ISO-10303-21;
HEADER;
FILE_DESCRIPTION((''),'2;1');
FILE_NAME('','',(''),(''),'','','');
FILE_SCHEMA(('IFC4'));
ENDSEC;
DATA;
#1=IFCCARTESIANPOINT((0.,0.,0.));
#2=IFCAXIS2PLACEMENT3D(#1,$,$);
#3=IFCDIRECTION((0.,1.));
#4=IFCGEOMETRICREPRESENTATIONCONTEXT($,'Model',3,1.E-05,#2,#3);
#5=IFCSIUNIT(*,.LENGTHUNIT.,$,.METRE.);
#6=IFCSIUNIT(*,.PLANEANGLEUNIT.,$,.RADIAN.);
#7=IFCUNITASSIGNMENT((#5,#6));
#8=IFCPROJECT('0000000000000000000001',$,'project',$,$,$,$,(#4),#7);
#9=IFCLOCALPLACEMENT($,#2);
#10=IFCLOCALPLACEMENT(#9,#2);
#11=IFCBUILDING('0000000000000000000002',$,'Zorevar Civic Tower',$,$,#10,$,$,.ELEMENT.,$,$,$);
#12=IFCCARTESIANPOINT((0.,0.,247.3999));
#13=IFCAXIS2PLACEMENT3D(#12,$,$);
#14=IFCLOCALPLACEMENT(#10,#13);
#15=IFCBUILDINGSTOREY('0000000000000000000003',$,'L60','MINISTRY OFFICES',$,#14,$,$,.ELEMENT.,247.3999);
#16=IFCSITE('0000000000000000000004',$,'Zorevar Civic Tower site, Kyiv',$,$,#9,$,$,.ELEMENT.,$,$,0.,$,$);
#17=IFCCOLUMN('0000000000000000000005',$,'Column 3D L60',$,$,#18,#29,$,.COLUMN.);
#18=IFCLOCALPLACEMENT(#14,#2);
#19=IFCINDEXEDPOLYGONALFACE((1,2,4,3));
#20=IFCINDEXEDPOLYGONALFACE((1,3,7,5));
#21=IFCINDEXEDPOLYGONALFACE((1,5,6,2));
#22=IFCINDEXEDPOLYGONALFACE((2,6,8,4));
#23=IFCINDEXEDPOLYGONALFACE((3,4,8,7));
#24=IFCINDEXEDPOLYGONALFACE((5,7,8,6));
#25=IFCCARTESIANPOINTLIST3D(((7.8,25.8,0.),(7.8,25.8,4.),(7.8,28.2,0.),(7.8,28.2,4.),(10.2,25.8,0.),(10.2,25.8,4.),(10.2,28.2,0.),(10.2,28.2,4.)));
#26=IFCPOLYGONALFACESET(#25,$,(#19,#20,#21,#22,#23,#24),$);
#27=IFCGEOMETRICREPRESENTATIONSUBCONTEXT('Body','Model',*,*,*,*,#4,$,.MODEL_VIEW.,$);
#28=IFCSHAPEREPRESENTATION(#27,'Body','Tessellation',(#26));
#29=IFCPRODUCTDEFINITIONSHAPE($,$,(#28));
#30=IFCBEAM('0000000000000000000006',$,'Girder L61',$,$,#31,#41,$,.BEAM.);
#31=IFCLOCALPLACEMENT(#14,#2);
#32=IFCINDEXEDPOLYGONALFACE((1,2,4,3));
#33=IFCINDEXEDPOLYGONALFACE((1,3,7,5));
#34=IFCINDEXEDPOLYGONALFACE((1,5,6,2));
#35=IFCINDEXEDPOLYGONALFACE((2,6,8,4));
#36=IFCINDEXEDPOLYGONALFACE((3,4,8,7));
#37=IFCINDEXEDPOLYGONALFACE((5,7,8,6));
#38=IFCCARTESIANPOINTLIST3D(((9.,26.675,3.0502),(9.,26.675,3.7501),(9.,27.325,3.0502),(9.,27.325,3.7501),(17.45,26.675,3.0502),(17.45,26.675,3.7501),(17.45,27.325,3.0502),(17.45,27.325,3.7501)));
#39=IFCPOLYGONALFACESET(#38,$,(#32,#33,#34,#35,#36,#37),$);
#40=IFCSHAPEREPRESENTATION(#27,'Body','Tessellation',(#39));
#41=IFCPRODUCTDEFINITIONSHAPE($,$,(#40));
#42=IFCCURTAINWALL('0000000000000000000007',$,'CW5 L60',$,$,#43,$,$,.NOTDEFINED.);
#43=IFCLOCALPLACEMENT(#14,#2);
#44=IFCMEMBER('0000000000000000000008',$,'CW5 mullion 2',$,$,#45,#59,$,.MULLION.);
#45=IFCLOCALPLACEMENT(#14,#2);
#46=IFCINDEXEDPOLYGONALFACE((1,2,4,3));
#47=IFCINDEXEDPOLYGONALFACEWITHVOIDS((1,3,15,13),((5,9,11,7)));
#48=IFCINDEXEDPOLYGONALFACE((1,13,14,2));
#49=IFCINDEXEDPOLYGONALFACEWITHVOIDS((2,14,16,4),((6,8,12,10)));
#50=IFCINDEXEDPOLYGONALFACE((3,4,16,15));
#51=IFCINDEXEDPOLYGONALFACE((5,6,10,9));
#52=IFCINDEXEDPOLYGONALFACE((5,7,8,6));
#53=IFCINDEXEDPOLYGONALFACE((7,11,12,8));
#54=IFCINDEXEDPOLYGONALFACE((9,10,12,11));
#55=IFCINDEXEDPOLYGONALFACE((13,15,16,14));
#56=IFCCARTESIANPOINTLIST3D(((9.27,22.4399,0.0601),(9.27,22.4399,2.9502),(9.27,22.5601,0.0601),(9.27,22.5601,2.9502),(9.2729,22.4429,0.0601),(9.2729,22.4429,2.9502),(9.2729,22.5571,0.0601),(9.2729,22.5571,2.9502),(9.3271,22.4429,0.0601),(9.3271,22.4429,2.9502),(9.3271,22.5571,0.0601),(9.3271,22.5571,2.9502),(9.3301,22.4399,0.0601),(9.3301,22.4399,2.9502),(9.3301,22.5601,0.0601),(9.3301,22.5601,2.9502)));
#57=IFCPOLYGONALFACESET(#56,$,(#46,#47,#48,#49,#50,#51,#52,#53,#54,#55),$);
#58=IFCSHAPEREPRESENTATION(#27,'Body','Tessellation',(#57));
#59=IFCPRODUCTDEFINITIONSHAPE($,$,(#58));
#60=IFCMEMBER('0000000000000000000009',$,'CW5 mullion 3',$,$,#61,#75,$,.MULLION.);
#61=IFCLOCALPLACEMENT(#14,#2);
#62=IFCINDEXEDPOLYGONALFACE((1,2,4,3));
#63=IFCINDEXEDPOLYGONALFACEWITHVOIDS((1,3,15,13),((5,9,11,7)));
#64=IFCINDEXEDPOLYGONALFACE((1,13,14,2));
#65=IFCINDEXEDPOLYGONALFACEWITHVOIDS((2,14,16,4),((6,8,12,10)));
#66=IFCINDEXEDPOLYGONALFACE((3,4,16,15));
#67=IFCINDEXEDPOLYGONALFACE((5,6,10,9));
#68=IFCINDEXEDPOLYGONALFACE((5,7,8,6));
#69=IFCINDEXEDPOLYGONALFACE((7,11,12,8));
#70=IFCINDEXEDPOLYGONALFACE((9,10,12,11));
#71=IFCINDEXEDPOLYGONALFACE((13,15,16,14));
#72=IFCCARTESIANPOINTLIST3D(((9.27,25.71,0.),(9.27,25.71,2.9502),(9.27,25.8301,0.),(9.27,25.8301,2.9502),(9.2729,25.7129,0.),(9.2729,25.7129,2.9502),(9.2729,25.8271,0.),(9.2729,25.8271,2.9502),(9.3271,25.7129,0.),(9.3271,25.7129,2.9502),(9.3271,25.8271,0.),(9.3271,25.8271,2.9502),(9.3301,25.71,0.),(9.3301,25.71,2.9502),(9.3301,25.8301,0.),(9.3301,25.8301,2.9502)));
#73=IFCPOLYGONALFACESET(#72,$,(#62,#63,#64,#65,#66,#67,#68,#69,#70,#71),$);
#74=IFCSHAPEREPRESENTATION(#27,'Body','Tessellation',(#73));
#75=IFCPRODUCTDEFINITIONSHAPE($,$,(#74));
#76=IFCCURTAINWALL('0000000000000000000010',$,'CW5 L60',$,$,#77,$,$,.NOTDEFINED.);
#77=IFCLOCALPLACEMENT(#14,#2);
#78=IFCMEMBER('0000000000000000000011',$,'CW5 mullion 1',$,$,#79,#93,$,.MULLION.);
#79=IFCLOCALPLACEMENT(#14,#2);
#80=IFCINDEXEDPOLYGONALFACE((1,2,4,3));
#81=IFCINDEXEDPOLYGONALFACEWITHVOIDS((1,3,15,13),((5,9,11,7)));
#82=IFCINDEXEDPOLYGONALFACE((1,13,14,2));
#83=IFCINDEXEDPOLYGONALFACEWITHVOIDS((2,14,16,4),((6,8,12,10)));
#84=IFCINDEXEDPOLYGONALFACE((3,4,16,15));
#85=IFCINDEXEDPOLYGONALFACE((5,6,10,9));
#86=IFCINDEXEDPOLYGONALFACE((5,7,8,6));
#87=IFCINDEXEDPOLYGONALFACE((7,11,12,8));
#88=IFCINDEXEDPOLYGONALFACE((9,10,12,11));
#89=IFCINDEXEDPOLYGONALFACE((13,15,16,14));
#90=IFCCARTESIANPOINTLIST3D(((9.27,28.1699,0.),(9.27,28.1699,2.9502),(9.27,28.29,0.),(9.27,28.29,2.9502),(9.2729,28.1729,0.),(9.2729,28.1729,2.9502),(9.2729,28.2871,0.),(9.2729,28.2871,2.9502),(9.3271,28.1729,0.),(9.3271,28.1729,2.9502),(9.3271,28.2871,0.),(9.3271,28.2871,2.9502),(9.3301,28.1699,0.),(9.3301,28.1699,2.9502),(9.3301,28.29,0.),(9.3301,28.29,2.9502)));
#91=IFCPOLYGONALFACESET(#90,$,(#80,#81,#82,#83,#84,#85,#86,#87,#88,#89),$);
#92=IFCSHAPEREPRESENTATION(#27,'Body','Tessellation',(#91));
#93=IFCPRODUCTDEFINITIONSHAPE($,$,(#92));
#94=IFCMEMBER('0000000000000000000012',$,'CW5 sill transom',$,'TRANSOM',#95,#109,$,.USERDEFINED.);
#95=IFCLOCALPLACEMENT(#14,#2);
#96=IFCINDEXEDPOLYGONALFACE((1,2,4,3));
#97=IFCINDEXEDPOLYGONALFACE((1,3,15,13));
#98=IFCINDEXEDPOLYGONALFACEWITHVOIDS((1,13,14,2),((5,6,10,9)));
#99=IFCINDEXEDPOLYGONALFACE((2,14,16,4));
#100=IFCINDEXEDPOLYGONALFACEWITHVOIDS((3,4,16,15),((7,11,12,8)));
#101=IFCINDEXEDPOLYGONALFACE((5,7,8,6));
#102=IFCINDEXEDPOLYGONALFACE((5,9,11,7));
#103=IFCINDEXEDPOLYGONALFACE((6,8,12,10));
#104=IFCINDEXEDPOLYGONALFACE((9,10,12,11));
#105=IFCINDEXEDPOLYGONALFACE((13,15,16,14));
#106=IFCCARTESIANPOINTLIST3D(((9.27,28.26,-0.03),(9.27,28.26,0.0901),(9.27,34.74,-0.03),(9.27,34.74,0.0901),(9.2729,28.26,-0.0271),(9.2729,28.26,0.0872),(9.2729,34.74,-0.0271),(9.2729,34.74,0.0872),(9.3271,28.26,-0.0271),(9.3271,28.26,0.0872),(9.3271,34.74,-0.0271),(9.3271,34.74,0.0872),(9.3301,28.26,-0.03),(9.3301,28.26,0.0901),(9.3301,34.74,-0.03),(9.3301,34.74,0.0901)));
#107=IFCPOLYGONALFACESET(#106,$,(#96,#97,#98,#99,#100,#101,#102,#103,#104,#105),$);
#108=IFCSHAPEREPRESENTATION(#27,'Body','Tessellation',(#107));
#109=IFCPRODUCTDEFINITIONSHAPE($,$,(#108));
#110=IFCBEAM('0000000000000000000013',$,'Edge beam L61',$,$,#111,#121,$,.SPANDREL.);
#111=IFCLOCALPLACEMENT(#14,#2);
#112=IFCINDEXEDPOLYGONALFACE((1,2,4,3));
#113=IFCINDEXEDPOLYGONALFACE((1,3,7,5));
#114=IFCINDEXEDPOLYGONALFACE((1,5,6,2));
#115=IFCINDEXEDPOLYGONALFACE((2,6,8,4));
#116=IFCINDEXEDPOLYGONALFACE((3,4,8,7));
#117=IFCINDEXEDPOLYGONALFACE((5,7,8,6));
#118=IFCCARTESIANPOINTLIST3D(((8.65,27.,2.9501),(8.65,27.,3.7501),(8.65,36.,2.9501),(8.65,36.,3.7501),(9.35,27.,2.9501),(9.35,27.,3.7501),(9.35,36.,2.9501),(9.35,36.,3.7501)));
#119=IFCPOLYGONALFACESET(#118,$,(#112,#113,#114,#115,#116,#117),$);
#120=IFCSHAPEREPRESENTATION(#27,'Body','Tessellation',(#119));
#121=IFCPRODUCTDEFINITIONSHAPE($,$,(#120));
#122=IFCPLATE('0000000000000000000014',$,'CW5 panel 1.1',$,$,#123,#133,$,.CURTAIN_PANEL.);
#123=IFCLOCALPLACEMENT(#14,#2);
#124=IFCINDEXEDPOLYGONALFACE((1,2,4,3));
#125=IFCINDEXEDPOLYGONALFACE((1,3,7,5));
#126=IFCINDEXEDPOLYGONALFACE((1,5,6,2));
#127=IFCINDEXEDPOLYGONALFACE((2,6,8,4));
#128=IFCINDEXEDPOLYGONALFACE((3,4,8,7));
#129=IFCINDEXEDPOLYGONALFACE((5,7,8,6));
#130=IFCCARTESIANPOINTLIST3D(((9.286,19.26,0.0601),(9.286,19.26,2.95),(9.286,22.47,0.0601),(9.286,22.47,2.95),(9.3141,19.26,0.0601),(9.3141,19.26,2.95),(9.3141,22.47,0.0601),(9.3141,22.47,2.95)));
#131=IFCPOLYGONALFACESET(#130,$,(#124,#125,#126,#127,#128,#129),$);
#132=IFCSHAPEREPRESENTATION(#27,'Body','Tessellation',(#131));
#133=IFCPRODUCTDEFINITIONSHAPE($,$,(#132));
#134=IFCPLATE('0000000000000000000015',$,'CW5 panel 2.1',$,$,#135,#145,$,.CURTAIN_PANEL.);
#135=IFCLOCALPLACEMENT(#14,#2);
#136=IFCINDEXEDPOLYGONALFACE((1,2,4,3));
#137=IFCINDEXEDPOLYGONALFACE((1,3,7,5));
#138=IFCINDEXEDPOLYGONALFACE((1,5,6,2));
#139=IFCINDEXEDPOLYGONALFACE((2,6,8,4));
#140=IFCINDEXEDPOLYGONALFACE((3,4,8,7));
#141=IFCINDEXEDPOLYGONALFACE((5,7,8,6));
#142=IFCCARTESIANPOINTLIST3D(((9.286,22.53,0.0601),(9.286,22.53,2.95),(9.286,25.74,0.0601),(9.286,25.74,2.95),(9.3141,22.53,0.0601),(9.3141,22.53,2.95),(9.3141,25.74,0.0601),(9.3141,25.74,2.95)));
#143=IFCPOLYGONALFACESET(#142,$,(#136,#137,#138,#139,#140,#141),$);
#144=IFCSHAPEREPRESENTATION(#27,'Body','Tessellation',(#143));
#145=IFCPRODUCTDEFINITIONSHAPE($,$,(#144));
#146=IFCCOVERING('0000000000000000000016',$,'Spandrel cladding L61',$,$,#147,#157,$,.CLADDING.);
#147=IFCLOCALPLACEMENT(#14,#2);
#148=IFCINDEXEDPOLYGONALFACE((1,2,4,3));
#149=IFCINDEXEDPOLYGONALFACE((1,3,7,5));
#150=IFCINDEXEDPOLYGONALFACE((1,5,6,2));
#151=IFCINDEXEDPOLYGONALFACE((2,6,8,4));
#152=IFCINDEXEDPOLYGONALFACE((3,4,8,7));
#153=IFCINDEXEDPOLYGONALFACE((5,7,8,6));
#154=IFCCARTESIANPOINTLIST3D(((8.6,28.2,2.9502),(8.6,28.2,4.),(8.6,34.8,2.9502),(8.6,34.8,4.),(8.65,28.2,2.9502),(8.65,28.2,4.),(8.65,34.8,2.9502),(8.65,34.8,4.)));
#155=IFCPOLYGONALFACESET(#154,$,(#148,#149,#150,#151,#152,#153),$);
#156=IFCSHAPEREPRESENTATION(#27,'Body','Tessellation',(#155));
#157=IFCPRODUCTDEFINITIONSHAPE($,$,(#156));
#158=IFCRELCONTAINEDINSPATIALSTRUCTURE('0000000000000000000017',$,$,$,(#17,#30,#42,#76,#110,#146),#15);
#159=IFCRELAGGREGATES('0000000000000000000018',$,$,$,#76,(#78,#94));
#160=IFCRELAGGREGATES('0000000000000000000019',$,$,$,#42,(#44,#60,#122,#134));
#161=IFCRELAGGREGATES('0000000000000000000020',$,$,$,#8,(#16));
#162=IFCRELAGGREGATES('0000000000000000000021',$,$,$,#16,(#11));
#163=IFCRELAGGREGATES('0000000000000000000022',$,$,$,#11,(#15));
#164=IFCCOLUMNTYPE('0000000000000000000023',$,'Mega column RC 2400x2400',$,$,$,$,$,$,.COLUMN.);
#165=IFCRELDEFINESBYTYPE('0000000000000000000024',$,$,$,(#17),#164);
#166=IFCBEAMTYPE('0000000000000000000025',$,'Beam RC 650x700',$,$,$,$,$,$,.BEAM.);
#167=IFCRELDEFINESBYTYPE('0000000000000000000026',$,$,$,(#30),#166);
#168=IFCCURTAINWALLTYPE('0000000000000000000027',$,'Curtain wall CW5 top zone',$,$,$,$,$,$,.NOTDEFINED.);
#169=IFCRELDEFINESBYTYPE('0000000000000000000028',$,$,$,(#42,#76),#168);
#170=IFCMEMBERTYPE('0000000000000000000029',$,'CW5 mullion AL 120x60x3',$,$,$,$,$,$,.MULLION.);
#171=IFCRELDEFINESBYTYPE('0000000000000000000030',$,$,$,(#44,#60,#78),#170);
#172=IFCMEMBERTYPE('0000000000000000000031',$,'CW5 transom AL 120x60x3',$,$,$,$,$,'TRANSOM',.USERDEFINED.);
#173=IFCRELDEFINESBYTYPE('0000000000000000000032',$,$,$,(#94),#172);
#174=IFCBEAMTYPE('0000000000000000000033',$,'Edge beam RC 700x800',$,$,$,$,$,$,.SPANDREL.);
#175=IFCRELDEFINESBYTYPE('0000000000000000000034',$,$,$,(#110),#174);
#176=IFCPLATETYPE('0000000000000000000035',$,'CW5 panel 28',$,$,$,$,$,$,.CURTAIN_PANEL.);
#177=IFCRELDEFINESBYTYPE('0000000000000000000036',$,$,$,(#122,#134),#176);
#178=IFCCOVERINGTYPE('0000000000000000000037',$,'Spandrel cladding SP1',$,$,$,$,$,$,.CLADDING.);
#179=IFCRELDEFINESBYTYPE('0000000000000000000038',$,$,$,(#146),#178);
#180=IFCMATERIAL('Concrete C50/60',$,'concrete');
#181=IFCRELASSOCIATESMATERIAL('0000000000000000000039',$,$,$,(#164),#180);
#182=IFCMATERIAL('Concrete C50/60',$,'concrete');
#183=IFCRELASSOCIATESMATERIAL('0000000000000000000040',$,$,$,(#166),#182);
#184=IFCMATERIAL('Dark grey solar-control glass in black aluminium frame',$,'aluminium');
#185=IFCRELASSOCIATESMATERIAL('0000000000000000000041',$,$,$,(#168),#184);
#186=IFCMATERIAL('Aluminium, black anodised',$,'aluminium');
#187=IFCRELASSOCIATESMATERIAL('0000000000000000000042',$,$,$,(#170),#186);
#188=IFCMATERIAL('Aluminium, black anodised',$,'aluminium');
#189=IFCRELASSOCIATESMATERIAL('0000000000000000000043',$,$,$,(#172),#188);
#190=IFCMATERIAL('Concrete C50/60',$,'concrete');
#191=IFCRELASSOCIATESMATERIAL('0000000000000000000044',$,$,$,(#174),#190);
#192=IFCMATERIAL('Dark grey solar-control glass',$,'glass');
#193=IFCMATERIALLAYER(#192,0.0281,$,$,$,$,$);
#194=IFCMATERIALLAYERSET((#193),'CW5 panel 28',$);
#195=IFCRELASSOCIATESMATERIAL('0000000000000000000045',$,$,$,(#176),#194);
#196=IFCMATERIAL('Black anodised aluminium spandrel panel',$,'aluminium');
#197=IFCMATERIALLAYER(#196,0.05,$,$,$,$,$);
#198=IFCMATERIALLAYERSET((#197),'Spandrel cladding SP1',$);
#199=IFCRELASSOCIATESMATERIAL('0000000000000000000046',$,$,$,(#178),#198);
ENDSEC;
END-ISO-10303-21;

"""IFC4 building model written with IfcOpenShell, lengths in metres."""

from ifc_helpers import new_model, si_unit, direction, frame, frame_2d, origin, origin_2d, place, context, subcontext, project, spatial, rectangle, hollow_rectangle, extrude, material, layer, layer_set, material_profile, profile_set, type_object, element, aggregate, save


model = new_model("IFC4")

# Units and contexts
model_context = context("Model", 3, precision=1e-05, world=origin(), true_north=direction((0.0, 1.0)))
body_context = subcontext(model_context, "Body", "Model", "MODEL_VIEW")
ifc_project = project(units=[si_unit("LENGTHUNIT", "METRE"), si_unit("PLANEANGLEUNIT", "RADIAN")], contexts=[model_context])

# Site, building, storey
site_placement = place(None, origin())
site = spatial("IfcSite", under=ifc_project, at=site_placement, Name="Zorevar Civic Tower site, Kyiv", CompositionType="ELEMENT", RefElevation=0.0)
building_placement = place(site_placement, origin())
building = spatial("IfcBuilding", under=site, at=building_placement, Name="Zorevar Civic Tower", CompositionType="ELEMENT")
storey_placement = place(building_placement, frame((0.0, 0.0, 247.3999)))
storey = spatial("IfcBuildingStorey", under=building, at=storey_placement, Name="L60", Description="MINISTRY OFFICES", CompositionType="ELEMENT", Elevation=247.3999)

# Column
ifc_material_1 = material(Name="Concrete C50/60", Category="concrete")
ifc_material_profile_1 = material_profile(ifc_material_1, rectangle(XDim=2.3999, YDim=2.3999, at=origin_2d()), Name="RC 2400x2400")
ifc_profile_set_1 = profile_set([ifc_material_profile_1], Name="Concrete C50/60")
column_type = type_object("IfcColumnType", Name="Mega column RC 2400x2400", PredefinedType="COLUMN", material=ifc_profile_set_1)
column_placement = place(storey_placement, frame((9.0, 27.0, 0.0), z_axis=(0.0, 0.0, 1.0), x_axis=(1.0, 0.0, 0.0)))
element("IfcColumn", 1, at=column_placement, inside=storey, type_object=column_type, Name="Column 3D L60", PredefinedType="COLUMN", context=body_context, shape_type="SweptSolid", body=[
    extrude(rectangle(XDim=2.3999, YDim=2.3999, at=origin_2d()), origin(), (0.0, 0.0, 1.0), 4.0),
])

# Beam
ifc_material_2 = material(Name="Concrete C50/60", Category="concrete")
ifc_material_profile_2 = material_profile(ifc_material_2, rectangle(XDim=0.6499, YDim=0.7, at=origin_2d()), Name="RC 650x700")
ifc_profile_set_2 = profile_set([ifc_material_profile_2], Name="Concrete C50/60")
beam_type_1 = type_object("IfcBeamType", Name="Beam RC 650x700", PredefinedType="BEAM", material=ifc_profile_set_2)
beam_1_placement = place(storey_placement, frame((9.0, 27.0, 3.4001), z_axis=(1.0, 0.0, 0.0), x_axis=(0.0, 1.0, 0.0)))
element("IfcBeam", 2, at=beam_1_placement, inside=storey, type_object=beam_type_1, Name="Girder L61", PredefinedType="BEAM", context=body_context, shape_type="SweptSolid", body=[
    extrude(rectangle(XDim=0.6499, YDim=0.7, at=origin_2d()), origin(), (0.0, 0.0, 1.0), 8.45),
])

# Curtain walls, members
ifc_material_3 = material(Name="Dark grey solar-control glass in black aluminium frame", Category="aluminium")
curtain_wall_type = type_object("IfcCurtainWallType", Name="Curtain wall CW5 top zone", PredefinedType="NOTDEFINED", material=ifc_material_3)
curtain_wall_1_placement = place(storey_placement, origin())
curtain_wall_1 = element("IfcCurtainWall", 3, at=curtain_wall_1_placement, inside=storey, type_object=curtain_wall_type, Name="CW5 L60", PredefinedType="NOTDEFINED")
ifc_material_4 = material(Name="Aluminium, black anodised", Category="aluminium")
ifc_material_profile_3 = material_profile(ifc_material_4, hollow_rectangle(XDim=0.0601, YDim=0.1201, WallThickness=0.0029, at=origin_2d()), Name="AL 120x60x3")
ifc_profile_set_3 = profile_set([ifc_material_profile_3], Name="Aluminium, black anodised")
member_type_1 = type_object("IfcMemberType", Name="CW5 mullion AL 120x60x3", PredefinedType="MULLION", material=ifc_profile_set_3)
member_1_placement = place(storey_placement, frame((9.3, 22.5, 0.0601), z_axis=(0.0, 0.0, 1.0), x_axis=(-1.0, 0.0, 0.0)))
member_1 = element("IfcMember", 4, at=member_1_placement, type_object=member_type_1, Name="CW5 mullion 2", PredefinedType="MULLION", context=body_context, shape_type="SweptSolid", body=[
    extrude(hollow_rectangle(XDim=0.0601, YDim=0.1201, WallThickness=0.0029, at=origin_2d()), origin(), (0.0, 0.0, 1.0), 2.8901),
])
member_2_placement = place(storey_placement, frame((9.3, 25.77, 0.0), z_axis=(0.0, 0.0, 1.0), x_axis=(-1.0, 0.0, 0.0)))
member_2 = element("IfcMember", 5, at=member_2_placement, type_object=member_type_1, Name="CW5 mullion 3", PredefinedType="MULLION", context=body_context, shape_type="SweptSolid", body=[
    extrude(hollow_rectangle(XDim=0.0601, YDim=0.1201, WallThickness=0.0029, at=origin_2d()), origin(), (0.0, 0.0, 1.0), 2.9502),
])
curtain_wall_2_placement = place(storey_placement, origin())
curtain_wall_2 = element("IfcCurtainWall", 6, at=curtain_wall_2_placement, inside=storey, type_object=curtain_wall_type, Name="CW5 L60", PredefinedType="NOTDEFINED")
member_3_placement = place(storey_placement, frame((9.3, 28.23, 0.0), z_axis=(0.0, 0.0, 1.0), x_axis=(-1.0, 0.0, 0.0)))
member_3 = element("IfcMember", 7, at=member_3_placement, type_object=member_type_1, Name="CW5 mullion 1", PredefinedType="MULLION", context=body_context, shape_type="SweptSolid", body=[
    extrude(hollow_rectangle(XDim=0.0601, YDim=0.1201, WallThickness=0.0029, at=origin_2d()), origin(), (0.0, 0.0, 1.0), 2.9502),
])
ifc_material_5 = material(Name="Aluminium, black anodised", Category="aluminium")
ifc_material_profile_4 = material_profile(ifc_material_5, hollow_rectangle(XDim=0.0601, YDim=0.1201, WallThickness=0.0029, at=origin_2d()), Name="AL 120x60x3")
ifc_profile_set_4 = profile_set([ifc_material_profile_4], Name="Aluminium, black anodised")
member_type_2 = type_object("IfcMemberType", Name="CW5 transom AL 120x60x3", ElementType="TRANSOM", PredefinedType="USERDEFINED", material=ifc_profile_set_4)
member_4_placement = place(storey_placement, frame((9.3, 28.26, 0.03), z_axis=(0.0, 1.0, 0.0), x_axis=(-1.0, 0.0, 0.0)))
member_4 = element("IfcMember", 8, at=member_4_placement, type_object=member_type_2, Name="CW5 sill transom", ObjectType="TRANSOM", PredefinedType="USERDEFINED", context=body_context, shape_type="SweptSolid", body=[
    extrude(hollow_rectangle(XDim=0.0601, YDim=0.1201, WallThickness=0.0029, at=origin_2d()), origin(), (0.0, 0.0, 1.0), 6.48),
])
aggregate(curtain_wall_2, [member_3, member_4])

# Beam
ifc_material_6 = material(Name="Concrete C50/60", Category="concrete")
ifc_material_profile_5 = material_profile(ifc_material_6, rectangle(XDim=0.7, YDim=0.8, at=origin_2d()), Name="RC 700x800")
ifc_profile_set_5 = profile_set([ifc_material_profile_5], Name="Concrete C50/60")
beam_type_2 = type_object("IfcBeamType", Name="Edge beam RC 700x800", PredefinedType="SPANDREL", material=ifc_profile_set_5)
beam_2_placement = place(storey_placement, frame((9.0, 27.0, 3.3501), z_axis=(0.0, 1.0, 0.0), x_axis=(-1.0, 0.0, 0.0)))
element("IfcBeam", 9, at=beam_2_placement, inside=storey, type_object=beam_type_2, Name="Edge beam L61", PredefinedType="SPANDREL", context=body_context, shape_type="SweptSolid", body=[
    extrude(rectangle(XDim=0.7, YDim=0.8, at=origin_2d()), origin(), (0.0, 0.0, 1.0), 9.0),
])

# Plates
ifc_material_7 = material(Name="Dark grey solar-control glass", Category="glass")
ifc_layer_1 = layer(ifc_material_7, 0.0281)
ifc_layer_set_1 = layer_set([ifc_layer_1], Name="CW5 panel 28")
plate_type = type_object("IfcPlateType", Name="CW5 panel 28", PredefinedType="CURTAIN_PANEL", material=ifc_layer_set_1)
plate_1_placement = place(storey_placement, frame((9.3, 20.865, 0.0601), z_axis=(0.0, 0.0, 1.0), x_axis=(0.0, 1.0, 0.0)))
plate_1 = element("IfcPlate", 10, at=plate_1_placement, type_object=plate_type, Name="CW5 panel 1.1", PredefinedType="CURTAIN_PANEL", context=body_context, shape_type="SweptSolid", body=[
    extrude(rectangle(XDim=3.21, YDim=0.0281, at=origin_2d()), origin(), (0.0, 0.0, 1.0), 2.8899),
])
plate_2_placement = place(storey_placement, frame((9.3, 24.135, 0.0601), z_axis=(0.0, 0.0, 1.0), x_axis=(0.0, 1.0, 0.0)))
plate_2 = element("IfcPlate", 11, at=plate_2_placement, type_object=plate_type, Name="CW5 panel 2.1", PredefinedType="CURTAIN_PANEL", context=body_context, shape_type="SweptSolid", body=[
    extrude(rectangle(XDim=3.21, YDim=0.0281, at=origin_2d()), origin(), (0.0, 0.0, 1.0), 2.8899),
])
aggregate(curtain_wall_1, [member_1, member_2, plate_1, plate_2])

# Covering
ifc_material_8 = material(Name="Black anodised aluminium spandrel panel", Category="aluminium")
ifc_layer_2 = layer(ifc_material_8, 0.05)
ifc_layer_set_2 = layer_set([ifc_layer_2], Name="Spandrel cladding SP1")
covering_type = type_object("IfcCoveringType", Name="Spandrel cladding SP1", PredefinedType="CLADDING", material=ifc_layer_set_2)
covering_placement = place(storey_placement, frame((8.625, 28.2, 2.9502), z_axis=(0.0, 0.0, 1.0), x_axis=(0.0, 1.0, 0.0)))
element("IfcCovering", 12, at=covering_placement, inside=storey, type_object=covering_type, Name="Spandrel cladding L61", PredefinedType="CLADDING", context=body_context, shape_type="SweptSolid", body=[
    extrude(rectangle(XDim=6.6001, YDim=0.05, at=frame_2d((3.3, 0.0))), origin(), (0.0, 0.0, 1.0), 1.0498),
])

save(model, "model.ifc")
